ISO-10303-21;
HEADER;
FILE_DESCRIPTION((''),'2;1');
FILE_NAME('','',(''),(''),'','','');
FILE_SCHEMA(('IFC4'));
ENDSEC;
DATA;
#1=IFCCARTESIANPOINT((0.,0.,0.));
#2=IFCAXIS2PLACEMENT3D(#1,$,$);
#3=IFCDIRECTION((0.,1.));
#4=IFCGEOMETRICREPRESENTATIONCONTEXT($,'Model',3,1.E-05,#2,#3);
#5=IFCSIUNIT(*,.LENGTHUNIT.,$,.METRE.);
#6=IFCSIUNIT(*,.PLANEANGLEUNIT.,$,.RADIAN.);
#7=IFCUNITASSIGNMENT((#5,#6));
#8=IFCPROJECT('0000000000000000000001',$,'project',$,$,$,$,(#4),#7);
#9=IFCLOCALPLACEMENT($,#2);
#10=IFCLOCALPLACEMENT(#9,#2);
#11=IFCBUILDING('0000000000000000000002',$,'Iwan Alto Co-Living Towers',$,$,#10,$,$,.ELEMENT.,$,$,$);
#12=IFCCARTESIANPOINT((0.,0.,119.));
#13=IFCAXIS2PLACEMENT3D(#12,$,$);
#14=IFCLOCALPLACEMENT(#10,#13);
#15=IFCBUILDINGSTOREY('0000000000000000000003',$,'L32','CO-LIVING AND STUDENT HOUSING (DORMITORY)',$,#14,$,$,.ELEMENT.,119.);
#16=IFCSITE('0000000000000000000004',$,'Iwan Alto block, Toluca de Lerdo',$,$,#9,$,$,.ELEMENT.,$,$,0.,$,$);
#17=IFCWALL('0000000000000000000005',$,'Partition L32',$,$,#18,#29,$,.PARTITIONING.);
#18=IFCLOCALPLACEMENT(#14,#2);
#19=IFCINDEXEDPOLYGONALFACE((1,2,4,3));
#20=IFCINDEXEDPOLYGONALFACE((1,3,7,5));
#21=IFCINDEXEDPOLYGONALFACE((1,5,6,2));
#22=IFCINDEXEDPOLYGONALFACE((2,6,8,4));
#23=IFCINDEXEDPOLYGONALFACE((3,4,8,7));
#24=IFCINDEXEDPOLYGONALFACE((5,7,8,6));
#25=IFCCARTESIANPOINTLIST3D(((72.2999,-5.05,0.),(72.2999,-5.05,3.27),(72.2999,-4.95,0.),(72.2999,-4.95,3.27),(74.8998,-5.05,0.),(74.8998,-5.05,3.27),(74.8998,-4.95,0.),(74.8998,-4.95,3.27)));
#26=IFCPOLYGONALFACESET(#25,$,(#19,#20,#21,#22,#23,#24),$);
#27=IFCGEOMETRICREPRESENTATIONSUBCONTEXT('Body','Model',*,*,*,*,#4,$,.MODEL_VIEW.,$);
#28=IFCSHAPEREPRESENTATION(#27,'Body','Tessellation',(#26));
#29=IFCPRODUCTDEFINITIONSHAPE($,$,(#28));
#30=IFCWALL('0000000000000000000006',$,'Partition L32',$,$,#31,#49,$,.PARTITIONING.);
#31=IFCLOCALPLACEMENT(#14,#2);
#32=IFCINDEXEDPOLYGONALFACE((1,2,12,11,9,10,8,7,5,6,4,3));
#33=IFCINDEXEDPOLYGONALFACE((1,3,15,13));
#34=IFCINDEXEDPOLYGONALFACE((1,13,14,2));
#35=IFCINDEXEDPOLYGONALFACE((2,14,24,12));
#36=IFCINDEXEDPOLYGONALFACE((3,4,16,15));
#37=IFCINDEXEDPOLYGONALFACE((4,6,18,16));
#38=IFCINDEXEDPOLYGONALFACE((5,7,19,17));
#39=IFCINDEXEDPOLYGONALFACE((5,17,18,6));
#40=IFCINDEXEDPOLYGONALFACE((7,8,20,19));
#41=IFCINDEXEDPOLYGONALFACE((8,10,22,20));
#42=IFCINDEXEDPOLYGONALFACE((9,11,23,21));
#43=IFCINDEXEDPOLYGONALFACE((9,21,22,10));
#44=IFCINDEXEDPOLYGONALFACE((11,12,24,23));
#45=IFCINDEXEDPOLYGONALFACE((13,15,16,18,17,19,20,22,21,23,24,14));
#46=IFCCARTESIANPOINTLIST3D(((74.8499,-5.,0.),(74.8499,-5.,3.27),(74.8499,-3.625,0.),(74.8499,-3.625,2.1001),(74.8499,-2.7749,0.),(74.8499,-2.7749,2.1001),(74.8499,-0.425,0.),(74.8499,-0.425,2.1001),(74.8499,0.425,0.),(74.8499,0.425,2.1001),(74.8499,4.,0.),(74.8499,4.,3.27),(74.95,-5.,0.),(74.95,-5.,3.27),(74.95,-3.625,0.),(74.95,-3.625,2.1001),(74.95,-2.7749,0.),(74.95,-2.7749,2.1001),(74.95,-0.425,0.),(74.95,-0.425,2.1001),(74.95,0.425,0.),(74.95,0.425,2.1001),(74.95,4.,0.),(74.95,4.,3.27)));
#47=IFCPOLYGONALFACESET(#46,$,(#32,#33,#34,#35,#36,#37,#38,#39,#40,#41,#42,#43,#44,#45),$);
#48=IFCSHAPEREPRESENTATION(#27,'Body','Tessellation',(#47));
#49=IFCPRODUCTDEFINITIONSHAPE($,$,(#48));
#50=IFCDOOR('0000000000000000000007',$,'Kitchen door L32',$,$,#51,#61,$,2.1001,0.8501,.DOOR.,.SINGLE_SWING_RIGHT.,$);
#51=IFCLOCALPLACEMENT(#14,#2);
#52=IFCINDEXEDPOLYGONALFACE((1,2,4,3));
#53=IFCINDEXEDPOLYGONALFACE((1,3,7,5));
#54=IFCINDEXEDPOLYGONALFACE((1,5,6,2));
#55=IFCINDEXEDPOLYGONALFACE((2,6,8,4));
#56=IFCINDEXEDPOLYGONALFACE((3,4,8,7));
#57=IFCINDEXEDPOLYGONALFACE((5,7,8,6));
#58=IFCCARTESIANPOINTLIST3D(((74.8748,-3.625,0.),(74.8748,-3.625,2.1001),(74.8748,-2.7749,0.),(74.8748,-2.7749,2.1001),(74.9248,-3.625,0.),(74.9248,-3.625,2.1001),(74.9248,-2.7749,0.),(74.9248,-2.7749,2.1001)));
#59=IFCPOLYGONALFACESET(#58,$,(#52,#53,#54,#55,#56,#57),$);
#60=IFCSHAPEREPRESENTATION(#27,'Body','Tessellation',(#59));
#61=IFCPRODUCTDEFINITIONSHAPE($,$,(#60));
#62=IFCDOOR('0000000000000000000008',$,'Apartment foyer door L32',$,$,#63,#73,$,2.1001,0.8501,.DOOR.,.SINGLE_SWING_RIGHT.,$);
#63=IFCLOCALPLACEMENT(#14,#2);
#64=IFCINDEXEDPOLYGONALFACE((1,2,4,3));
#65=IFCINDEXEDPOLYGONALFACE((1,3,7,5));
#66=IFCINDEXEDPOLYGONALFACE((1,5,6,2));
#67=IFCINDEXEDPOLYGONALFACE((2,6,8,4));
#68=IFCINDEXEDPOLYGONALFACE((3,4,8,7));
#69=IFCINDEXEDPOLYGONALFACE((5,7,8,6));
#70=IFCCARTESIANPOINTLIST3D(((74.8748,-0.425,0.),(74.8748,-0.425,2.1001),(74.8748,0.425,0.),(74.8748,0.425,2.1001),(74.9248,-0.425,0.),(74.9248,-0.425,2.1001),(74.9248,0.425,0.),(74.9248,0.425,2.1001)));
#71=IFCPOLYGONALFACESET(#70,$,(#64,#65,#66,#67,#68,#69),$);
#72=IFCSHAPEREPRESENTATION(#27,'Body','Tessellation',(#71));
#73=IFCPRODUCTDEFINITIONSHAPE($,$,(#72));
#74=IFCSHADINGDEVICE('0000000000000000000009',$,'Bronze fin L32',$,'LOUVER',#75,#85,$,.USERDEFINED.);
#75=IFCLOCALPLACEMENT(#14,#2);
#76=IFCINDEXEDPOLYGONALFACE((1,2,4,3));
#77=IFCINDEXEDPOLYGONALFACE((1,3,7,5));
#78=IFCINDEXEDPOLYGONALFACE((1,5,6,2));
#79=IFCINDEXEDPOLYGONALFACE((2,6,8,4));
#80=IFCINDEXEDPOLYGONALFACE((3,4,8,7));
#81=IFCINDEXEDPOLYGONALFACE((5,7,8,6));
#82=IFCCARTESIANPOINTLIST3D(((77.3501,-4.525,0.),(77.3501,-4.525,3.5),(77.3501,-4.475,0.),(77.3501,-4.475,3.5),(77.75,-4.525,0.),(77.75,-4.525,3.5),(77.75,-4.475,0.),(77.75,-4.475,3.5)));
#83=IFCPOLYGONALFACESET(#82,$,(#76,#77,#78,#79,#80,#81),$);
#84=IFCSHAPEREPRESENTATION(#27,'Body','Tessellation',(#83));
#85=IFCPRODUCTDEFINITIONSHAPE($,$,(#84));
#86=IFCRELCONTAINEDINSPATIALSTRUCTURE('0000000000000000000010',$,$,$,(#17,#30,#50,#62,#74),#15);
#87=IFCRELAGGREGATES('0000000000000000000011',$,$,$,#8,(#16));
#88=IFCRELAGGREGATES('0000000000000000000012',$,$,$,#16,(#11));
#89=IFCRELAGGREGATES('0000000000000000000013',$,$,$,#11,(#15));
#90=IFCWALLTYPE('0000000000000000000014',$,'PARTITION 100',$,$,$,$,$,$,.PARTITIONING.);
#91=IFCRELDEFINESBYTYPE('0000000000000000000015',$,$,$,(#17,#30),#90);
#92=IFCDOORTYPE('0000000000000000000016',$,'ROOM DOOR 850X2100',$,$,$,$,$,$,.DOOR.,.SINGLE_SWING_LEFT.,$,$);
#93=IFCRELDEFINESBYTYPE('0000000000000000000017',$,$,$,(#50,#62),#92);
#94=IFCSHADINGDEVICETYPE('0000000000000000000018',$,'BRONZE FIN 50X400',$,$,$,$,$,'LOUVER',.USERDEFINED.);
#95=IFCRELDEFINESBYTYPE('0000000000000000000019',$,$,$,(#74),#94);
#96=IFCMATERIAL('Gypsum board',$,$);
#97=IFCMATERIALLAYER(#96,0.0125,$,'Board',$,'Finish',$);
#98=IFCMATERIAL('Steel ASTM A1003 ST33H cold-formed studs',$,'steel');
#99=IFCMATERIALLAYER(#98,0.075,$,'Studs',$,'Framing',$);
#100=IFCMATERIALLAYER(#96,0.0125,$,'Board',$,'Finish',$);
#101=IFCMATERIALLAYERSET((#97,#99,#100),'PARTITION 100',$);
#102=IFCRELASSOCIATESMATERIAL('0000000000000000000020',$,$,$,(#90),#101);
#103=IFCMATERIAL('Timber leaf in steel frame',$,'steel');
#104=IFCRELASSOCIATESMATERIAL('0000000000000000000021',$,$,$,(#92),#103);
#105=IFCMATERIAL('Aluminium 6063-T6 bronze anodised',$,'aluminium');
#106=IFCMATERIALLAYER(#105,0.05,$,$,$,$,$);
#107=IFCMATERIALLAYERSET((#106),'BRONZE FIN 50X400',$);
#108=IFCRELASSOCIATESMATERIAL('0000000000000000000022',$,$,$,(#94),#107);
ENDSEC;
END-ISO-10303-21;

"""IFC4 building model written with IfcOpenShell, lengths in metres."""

from ifc_helpers import new_model, si_unit, direction, frame, frame_2d, origin, origin_2d, place, context, subcontext, project, spatial, rectangle, extrude, material, layer, layer_set, type_object, element, fill, save


model = new_model("IFC4")

# Units and contexts
model_context = context("Model", 3, precision=1e-05, world=origin(), true_north=direction((0.0, 1.0)))
body_context = subcontext(model_context, "Body", "Model", "MODEL_VIEW")
ifc_project = project(units=[si_unit("LENGTHUNIT", "METRE"), si_unit("PLANEANGLEUNIT", "RADIAN")], contexts=[model_context])

# Site, building, storey
site_placement = place(None, origin())
site = spatial("IfcSite", under=ifc_project, at=site_placement, Name="Iwan Alto block, Toluca de Lerdo", CompositionType="ELEMENT", RefElevation=0.0)
building_placement = place(site_placement, origin())
building = spatial("IfcBuilding", under=site, at=building_placement, Name="Iwan Alto Co-Living Towers", CompositionType="ELEMENT")
storey_placement = place(building_placement, frame((0.0, 0.0, 119.0)))
storey = spatial("IfcBuildingStorey", under=building, at=storey_placement, Name="L32", Description="CO-LIVING AND STUDENT HOUSING (DORMITORY)", CompositionType="ELEMENT", Elevation=119.0)

# Shared definitions
ifc_material_1 = material(Name="Gypsum board")
ifc_material_2 = material(Name="Steel ASTM A1003 ST33H cold-formed studs", Category="steel")
ifc_layer_1 = layer(ifc_material_1, 0.0125, Name="Board", Category="Finish")
ifc_layer_2 = layer(ifc_material_2, 0.075, Name="Studs", Category="Framing")
ifc_layer_3 = layer(ifc_material_1, 0.0125, Name="Board", Category="Finish")
ifc_layer_set_1 = layer_set([ifc_layer_1, ifc_layer_2, ifc_layer_3], Name="PARTITION 100")
wall_type_1 = type_object("IfcWallType", Name="PARTITION 100", PredefinedType="PARTITIONING", material=ifc_layer_set_1)
ifc_material_3 = material(Name="Timber leaf in steel frame", Category="steel")
door_type_1 = type_object("IfcDoorType", Name="ROOM DOOR 850X2100", OperationType="SINGLE_SWING_LEFT", PredefinedType="DOOR", material=ifc_material_3)

# Wall
wall_1_placement = place(storey_placement, frame((72.3, -5.0, 0.0), z_axis=(0.0, 0.0, 1.0), x_axis=(1.0, 0.0, 0.0)))
element("IfcWall", 1, at=wall_1_placement, inside=storey, type_object=wall_type_1, Name="Partition L32", PredefinedType="PARTITIONING", context=body_context, shape_type="SweptSolid", body=[
    extrude(rectangle(XDim=2.5999, YDim=0.1001, at=frame_2d((1.2998, 0.0))), origin(), (0.0, 0.0, 1.0), 3.27),
])

# Wall, openings, doors
wall_2_placement = place(storey_placement, frame((74.8999, -5.0, 0.0), z_axis=(0.0, 0.0, 1.0), x_axis=(0.0, 1.0, 0.0)))
wall_2 = element("IfcWall", 2, at=wall_2_placement, inside=storey, type_object=wall_type_1, Name="Partition L32", PredefinedType="PARTITIONING", context=body_context, shape_type="SweptSolid", body=[
    extrude(rectangle(XDim=9.0, YDim=0.1001, at=frame_2d((4.5, 0.0))), origin(), (0.0, 0.0, 1.0), 3.27),
])
opening_1_placement = place(wall_2_placement, frame((1.375, 0.0, 0.0)))
opening_1 = element("IfcOpeningElement", 3, at=opening_1_placement, cuts=wall_2, PredefinedType="OPENING", context=body_context, shape_type="SweptSolid", body=[
    extrude(rectangle(XDim=0.8501, YDim=2.1001, at=frame_2d((0.425, 1.05))), frame((0.0, 0.0601, 0.0), z_axis=(0.0, -1.0, 0.0), x_axis=(1.0, 0.0, 0.0)), (0.0, 0.0, 1.0), 0.1201),
])
opening_2_placement = place(wall_2_placement, frame((4.575, 0.0, 0.0)))
opening_2 = element("IfcOpeningElement", 4, at=opening_2_placement, cuts=wall_2, PredefinedType="OPENING", context=body_context, shape_type="SweptSolid", body=[
    extrude(rectangle(XDim=0.8501, YDim=2.1001, at=frame_2d((0.425, 1.05))), frame((0.0, 0.0601, 0.0), z_axis=(0.0, -1.0, 0.0), x_axis=(1.0, 0.0, 0.0)), (0.0, 0.0, 1.0), 0.1201),
])
door_1_placement = place(opening_1_placement, frame((0.8501, 0.0, 0.0), z_axis=(0.0, 0.0, 1.0), x_axis=(-1.0, 0.0, 0.0)))
door_1 = element("IfcDoor", 5, at=door_1_placement, inside=storey, type_object=door_type_1, Name="Kitchen door L32", OperationType="SINGLE_SWING_RIGHT", OverallHeight=2.1001, OverallWidth=0.8501, PredefinedType="DOOR", context=body_context, shape_type="SweptSolid", body=[
    extrude(rectangle(XDim=0.8501, YDim=2.1001, at=frame_2d((0.425, 1.05))), frame((0.0, 0.0249, 0.0), z_axis=(0.0, -1.0, 0.0), x_axis=(1.0, 0.0, 0.0)), (0.0, 0.0, 1.0), 0.05),
])
fill(opening_1, door_1)
door_2_placement = place(opening_2_placement, frame((0.8501, 0.0, 0.0), z_axis=(0.0, 0.0, 1.0), x_axis=(-1.0, 0.0, 0.0)))
door_2 = element("IfcDoor", 6, at=door_2_placement, inside=storey, type_object=door_type_1, Name="Apartment foyer door L32", OperationType="SINGLE_SWING_RIGHT", OverallHeight=2.1001, OverallWidth=0.8501, PredefinedType="DOOR", context=body_context, shape_type="SweptSolid", body=[
    extrude(rectangle(XDim=0.8501, YDim=2.1001, at=frame_2d((0.425, 1.05))), frame((0.0, 0.0249, 0.0), z_axis=(0.0, -1.0, 0.0), x_axis=(1.0, 0.0, 0.0)), (0.0, 0.0, 1.0), 0.05),
])
fill(opening_2, door_2)

# Shading device
ifc_material_4 = material(Name="Aluminium 6063-T6 bronze anodised", Category="aluminium")
ifc_layer_4 = layer(ifc_material_4, 0.05)
ifc_layer_set_2 = layer_set([ifc_layer_4], Name="BRONZE FIN 50X400")
shading_device_type = type_object("IfcShadingDeviceType", Name="BRONZE FIN 50X400", ElementType="LOUVER", PredefinedType="USERDEFINED", material=ifc_layer_set_2)
shading_device_placement = place(storey_placement, frame((77.55, -4.5, 0.0), z_axis=(0.0, 0.0, 1.0), x_axis=(0.0, 1.0, 0.0)))
element("IfcShadingDevice", 7, at=shading_device_placement, inside=storey, type_object=shading_device_type, Name="Bronze fin L32", ObjectType="LOUVER", PredefinedType="USERDEFINED", context=body_context, shape_type="SweptSolid", body=[
    extrude(rectangle(XDim=0.05, YDim=0.3999, at=origin_2d()), origin(), (0.0, 0.0, 1.0), 3.5),
])

save(model, "model.ifc")
